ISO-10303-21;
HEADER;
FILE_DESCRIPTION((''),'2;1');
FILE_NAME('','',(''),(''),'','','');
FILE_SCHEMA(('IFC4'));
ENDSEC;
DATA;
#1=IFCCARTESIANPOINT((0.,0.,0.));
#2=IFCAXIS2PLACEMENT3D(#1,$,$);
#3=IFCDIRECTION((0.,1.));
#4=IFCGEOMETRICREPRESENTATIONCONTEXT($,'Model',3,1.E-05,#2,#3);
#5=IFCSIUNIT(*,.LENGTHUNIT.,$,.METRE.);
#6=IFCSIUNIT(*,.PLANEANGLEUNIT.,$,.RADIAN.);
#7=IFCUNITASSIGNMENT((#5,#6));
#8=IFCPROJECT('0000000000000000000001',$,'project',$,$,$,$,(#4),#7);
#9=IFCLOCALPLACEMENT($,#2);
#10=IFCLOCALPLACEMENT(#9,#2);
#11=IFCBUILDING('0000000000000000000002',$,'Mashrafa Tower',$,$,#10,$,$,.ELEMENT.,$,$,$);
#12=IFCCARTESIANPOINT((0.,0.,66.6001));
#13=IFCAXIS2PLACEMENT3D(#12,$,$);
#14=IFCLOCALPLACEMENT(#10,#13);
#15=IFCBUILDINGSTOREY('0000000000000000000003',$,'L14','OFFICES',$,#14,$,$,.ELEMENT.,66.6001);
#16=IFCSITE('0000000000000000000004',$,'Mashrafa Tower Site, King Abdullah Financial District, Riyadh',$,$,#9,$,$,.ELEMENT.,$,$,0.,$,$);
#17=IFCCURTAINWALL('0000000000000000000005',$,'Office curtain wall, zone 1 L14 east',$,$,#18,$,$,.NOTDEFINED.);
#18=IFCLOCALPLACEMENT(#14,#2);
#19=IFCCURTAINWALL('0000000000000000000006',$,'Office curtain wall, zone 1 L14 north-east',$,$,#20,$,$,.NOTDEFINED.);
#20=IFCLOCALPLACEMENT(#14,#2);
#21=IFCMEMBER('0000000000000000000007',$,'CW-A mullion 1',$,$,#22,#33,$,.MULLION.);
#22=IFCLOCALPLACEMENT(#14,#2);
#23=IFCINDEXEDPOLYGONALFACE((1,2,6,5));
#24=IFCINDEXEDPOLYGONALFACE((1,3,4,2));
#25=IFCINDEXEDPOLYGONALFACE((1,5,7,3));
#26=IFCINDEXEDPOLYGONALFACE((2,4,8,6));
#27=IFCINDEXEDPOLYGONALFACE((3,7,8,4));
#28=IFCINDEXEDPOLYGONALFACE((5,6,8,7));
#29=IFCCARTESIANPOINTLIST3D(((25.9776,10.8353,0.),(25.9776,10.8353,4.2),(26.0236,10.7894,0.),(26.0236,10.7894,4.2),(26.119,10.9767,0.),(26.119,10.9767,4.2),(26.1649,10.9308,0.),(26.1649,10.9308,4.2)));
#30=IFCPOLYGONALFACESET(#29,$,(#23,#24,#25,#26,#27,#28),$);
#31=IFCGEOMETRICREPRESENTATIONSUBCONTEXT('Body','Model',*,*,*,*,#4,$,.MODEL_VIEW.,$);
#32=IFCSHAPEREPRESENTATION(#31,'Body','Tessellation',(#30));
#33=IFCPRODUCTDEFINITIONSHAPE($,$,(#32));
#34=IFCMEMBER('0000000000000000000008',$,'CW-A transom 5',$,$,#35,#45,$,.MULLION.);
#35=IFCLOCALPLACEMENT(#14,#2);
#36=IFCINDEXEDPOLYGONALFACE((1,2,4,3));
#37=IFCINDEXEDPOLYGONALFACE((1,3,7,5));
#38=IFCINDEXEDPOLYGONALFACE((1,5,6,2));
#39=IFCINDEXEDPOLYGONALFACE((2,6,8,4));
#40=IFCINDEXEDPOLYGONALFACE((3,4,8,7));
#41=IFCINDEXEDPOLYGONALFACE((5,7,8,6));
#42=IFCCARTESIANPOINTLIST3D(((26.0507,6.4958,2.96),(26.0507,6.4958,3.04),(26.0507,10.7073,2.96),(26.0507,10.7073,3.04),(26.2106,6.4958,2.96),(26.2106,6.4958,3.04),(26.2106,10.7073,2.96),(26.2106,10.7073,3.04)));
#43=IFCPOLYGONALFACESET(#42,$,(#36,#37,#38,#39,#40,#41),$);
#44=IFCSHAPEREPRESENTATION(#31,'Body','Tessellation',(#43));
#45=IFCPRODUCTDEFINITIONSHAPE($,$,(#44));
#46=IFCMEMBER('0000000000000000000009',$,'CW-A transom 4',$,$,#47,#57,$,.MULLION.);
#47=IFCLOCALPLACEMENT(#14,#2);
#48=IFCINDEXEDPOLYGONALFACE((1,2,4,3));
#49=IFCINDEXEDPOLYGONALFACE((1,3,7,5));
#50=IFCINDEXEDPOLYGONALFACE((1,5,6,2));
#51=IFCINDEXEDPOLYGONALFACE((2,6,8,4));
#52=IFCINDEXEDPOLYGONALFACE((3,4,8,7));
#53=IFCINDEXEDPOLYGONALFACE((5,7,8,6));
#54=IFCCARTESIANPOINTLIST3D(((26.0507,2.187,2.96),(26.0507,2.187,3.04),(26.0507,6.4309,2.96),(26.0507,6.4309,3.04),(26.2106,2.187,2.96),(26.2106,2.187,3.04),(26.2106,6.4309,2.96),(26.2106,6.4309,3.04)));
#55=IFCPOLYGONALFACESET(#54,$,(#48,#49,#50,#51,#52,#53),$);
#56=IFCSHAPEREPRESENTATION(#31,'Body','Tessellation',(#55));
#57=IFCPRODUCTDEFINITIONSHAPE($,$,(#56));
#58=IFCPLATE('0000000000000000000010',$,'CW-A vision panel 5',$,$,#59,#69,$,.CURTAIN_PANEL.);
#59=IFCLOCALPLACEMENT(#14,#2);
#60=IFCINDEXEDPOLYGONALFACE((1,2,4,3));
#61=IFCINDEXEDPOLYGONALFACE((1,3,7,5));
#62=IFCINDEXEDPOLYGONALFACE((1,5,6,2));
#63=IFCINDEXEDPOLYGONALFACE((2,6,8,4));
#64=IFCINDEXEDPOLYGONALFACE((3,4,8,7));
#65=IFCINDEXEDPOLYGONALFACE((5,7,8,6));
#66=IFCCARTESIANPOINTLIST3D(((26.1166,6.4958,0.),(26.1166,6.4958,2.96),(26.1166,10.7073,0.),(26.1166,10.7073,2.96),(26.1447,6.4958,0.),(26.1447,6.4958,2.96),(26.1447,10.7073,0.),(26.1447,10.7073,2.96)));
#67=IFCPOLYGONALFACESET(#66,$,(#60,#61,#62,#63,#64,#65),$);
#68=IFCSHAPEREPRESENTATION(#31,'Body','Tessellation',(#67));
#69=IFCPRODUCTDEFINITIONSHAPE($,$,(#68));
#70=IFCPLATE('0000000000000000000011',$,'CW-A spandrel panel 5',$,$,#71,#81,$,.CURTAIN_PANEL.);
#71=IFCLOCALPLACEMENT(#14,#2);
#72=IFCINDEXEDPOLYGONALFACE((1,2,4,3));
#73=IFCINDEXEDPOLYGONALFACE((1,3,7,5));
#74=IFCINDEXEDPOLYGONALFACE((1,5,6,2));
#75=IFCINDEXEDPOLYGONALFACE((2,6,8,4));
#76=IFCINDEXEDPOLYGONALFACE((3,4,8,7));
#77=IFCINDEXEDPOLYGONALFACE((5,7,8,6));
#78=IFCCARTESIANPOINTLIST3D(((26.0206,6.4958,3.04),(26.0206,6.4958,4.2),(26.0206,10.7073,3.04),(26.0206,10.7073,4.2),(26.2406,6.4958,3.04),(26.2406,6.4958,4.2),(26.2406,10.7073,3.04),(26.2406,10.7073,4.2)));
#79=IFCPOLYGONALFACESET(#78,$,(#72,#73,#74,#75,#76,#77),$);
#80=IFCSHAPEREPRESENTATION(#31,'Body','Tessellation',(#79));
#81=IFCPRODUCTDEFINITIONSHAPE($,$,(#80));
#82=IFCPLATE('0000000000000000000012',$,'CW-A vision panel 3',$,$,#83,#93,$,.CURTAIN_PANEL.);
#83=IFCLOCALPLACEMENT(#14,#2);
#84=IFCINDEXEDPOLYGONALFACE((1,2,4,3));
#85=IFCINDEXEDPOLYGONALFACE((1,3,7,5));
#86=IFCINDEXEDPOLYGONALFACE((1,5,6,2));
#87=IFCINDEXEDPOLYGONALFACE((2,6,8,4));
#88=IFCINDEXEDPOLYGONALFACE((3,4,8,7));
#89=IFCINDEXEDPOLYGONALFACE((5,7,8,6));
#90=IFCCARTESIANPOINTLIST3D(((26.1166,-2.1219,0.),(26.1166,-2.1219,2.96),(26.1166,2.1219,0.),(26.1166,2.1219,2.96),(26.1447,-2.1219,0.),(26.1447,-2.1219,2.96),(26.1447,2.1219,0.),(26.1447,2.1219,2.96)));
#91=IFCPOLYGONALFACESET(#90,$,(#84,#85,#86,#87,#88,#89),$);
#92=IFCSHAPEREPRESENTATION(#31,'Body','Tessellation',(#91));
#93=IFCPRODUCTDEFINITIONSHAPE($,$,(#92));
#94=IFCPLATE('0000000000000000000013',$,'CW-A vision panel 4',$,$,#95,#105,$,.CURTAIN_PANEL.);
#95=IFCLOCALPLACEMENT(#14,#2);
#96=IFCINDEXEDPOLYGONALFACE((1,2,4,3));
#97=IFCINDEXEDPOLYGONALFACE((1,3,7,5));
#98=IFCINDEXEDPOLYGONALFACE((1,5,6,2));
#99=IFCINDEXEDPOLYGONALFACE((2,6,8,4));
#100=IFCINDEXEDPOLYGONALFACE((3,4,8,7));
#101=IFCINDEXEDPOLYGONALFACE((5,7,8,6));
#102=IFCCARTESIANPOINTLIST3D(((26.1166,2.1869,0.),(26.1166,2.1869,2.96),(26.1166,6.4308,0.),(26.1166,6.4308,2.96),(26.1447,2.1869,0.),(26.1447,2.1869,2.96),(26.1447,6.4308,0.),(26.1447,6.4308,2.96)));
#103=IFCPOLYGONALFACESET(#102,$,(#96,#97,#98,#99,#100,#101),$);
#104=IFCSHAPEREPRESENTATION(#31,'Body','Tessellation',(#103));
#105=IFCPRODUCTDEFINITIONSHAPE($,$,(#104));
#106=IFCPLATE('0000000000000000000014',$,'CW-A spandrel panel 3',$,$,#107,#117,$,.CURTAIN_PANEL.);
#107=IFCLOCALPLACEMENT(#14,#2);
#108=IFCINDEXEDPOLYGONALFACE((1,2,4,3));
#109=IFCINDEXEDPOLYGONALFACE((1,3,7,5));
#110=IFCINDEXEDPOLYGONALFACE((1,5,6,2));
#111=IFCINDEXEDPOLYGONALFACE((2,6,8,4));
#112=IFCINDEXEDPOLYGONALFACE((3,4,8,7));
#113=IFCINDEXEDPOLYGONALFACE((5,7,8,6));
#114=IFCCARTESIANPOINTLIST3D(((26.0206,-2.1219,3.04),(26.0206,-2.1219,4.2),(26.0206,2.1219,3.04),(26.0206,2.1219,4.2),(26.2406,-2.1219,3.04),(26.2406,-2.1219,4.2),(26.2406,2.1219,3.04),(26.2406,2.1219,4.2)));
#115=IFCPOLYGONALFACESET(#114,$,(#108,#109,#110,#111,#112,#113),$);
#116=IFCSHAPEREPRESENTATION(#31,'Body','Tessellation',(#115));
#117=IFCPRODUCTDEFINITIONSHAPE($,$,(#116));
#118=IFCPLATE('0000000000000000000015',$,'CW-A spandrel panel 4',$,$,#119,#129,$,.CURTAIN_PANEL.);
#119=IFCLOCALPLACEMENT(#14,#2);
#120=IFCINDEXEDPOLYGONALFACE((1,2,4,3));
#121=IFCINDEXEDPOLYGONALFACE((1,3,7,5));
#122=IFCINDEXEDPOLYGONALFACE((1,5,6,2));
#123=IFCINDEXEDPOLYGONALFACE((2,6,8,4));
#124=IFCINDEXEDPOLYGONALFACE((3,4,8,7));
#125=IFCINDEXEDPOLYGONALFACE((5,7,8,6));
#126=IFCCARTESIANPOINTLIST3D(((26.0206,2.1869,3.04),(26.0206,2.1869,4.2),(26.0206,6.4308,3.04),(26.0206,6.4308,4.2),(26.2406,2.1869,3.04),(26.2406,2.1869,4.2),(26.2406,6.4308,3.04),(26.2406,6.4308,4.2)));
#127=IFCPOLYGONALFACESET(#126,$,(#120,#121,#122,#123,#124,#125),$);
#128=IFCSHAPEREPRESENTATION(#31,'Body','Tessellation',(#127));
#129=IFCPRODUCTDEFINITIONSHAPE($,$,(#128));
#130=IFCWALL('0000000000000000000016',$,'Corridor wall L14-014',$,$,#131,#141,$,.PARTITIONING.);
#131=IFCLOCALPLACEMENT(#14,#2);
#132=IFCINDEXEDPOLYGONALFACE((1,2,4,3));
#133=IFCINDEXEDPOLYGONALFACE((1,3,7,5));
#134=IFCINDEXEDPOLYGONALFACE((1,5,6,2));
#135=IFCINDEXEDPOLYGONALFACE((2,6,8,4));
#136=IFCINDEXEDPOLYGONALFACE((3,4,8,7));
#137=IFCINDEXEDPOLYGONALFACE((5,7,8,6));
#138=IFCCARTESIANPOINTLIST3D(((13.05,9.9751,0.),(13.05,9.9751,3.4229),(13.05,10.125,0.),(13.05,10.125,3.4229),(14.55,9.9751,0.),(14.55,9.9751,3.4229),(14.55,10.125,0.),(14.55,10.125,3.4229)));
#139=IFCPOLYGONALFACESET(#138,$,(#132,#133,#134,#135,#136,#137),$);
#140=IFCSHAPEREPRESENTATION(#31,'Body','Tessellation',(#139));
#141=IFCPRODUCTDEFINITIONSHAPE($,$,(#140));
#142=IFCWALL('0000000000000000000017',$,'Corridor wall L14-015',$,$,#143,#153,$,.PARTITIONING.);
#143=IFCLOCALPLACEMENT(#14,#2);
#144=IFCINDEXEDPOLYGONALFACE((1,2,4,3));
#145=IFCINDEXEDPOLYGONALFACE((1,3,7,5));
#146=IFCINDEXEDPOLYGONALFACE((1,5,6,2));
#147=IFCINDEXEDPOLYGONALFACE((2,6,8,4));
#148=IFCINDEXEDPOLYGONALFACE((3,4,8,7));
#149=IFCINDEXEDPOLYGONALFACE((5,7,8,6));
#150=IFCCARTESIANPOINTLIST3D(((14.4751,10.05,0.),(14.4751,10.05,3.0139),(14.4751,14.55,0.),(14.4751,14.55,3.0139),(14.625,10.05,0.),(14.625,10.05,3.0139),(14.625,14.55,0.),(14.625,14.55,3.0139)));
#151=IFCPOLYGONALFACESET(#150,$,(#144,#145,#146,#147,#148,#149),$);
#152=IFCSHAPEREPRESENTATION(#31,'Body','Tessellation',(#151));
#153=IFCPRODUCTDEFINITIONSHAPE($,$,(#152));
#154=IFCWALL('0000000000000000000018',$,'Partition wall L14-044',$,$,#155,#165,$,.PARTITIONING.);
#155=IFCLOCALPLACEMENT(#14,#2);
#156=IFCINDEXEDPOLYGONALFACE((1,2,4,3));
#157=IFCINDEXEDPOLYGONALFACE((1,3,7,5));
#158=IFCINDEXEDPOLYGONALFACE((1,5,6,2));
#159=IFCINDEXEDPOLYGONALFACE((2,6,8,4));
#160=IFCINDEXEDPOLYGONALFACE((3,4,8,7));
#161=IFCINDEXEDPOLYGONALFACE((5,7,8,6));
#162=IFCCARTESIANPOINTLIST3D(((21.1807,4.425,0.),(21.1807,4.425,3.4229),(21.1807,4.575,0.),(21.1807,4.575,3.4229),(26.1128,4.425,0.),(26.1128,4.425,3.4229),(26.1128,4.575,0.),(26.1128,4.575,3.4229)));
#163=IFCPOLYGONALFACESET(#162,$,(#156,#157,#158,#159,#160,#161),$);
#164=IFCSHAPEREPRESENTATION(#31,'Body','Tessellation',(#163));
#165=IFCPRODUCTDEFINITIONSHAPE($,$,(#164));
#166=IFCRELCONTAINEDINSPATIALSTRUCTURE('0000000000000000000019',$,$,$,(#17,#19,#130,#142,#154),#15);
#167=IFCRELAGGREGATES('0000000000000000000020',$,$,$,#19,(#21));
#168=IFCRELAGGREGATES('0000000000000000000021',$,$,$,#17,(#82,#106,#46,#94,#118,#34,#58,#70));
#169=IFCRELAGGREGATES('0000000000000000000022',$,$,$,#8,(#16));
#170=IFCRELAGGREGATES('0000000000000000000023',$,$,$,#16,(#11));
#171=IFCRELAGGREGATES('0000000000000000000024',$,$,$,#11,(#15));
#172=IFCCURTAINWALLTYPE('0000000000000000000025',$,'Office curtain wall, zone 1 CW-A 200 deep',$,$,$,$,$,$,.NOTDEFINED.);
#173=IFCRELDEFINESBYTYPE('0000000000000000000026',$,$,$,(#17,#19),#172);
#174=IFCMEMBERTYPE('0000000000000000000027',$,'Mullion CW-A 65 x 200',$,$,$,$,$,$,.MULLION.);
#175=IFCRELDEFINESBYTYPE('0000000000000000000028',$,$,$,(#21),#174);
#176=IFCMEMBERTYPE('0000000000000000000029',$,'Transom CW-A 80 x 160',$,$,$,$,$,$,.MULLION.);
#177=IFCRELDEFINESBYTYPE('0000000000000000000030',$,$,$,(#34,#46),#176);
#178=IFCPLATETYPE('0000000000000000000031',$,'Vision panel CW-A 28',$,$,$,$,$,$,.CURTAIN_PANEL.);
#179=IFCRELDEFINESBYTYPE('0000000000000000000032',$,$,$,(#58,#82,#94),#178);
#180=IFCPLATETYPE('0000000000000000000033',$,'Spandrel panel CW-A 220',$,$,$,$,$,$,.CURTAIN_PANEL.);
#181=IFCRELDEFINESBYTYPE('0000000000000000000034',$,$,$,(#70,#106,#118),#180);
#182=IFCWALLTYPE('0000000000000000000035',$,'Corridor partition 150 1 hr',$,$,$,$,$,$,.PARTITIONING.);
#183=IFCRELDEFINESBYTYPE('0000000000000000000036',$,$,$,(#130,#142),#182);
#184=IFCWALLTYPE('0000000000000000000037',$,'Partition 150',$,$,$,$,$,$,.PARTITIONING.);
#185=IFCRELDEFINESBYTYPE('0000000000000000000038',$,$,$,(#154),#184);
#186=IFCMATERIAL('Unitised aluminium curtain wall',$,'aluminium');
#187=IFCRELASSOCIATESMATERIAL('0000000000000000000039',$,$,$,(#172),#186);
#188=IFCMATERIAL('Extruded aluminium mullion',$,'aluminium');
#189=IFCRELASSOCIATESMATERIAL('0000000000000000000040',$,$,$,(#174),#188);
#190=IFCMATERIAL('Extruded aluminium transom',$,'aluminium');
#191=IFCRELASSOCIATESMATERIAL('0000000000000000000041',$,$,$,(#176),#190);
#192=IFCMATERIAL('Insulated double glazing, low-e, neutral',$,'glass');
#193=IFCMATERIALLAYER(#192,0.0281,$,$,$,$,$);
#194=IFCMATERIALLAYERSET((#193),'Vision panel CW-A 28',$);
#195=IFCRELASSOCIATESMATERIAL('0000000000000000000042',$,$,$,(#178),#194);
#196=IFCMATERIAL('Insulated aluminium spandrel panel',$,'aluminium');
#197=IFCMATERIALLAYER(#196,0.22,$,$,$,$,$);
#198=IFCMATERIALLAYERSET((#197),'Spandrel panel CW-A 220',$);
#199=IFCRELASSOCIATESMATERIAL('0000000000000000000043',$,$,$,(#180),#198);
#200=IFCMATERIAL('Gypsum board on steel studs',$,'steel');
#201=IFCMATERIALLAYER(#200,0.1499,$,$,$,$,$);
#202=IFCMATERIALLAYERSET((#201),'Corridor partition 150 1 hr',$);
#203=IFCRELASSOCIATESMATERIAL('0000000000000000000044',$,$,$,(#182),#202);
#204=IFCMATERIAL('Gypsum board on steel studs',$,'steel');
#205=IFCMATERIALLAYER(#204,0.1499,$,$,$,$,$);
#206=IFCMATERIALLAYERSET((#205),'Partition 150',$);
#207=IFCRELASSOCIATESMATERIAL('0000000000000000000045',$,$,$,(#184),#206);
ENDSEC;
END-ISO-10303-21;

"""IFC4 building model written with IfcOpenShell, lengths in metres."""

from ifc_helpers import new_model, si_unit, direction, frame, frame_2d, origin, origin_2d, place, context, subcontext, project, spatial, rectangle, extrude, source, transform, mapped, material, layer, layer_set, material_profile, profile_set, type_object, type_shapes, element, aggregate, save


model = new_model("IFC4")

# Units and contexts
model_context = context("Model", 3, precision=1e-05, world=origin(), true_north=direction((0.0, 1.0)))
body_context = subcontext(model_context, "Body", "Model", "MODEL_VIEW")
ifc_project = project(units=[si_unit("LENGTHUNIT", "METRE"), si_unit("PLANEANGLEUNIT", "RADIAN")], contexts=[model_context])

# Site, building, storey
site_placement = place(None, origin())
site = spatial("IfcSite", under=ifc_project, at=site_placement, Name="Mashrafa Tower Site, King Abdullah Financial District, Riyadh", CompositionType="ELEMENT", RefElevation=0.0)
building_placement = place(site_placement, origin())
building = spatial("IfcBuilding", under=site, at=building_placement, Name="Mashrafa Tower", CompositionType="ELEMENT")
storey_placement = place(building_placement, frame((0.0, 0.0, 66.6001)))
storey = spatial("IfcBuildingStorey", under=building, at=storey_placement, Name="L14", Description="OFFICES", CompositionType="ELEMENT", Elevation=66.6001)

# Curtain wall
ifc_material_1 = material(Name="Unitised aluminium curtain wall", Category="aluminium")
curtain_wall_type = type_object("IfcCurtainWallType", Name="Office curtain wall, zone 1 CW-A 200 deep", PredefinedType="NOTDEFINED", material=ifc_material_1)
curtain_wall_1_placement = place(storey_placement, origin())
curtain_wall_1 = element("IfcCurtainWall", 1, at=curtain_wall_1_placement, inside=storey, type_object=curtain_wall_type, Name="Office curtain wall, zone 1 L14 east", PredefinedType="NOTDEFINED")
ifc_material_2 = material(Name="Extruded aluminium mullion", Category="aluminium")
ifc_material_profile_1 = material_profile(ifc_material_2, rectangle(XDim=0.2, YDim=0.0649, at=origin_2d()), Name="Mullion 65x200")
ifc_profile_set_1 = profile_set([ifc_material_profile_1], Name="Extruded aluminium mullion")
member_type_1 = type_object("IfcMemberType", Name="Mullion CW-A 65 x 200", PredefinedType="MULLION", material=ifc_profile_set_1)
shared_shape_1 = source(origin(), body_context, "Body", "SweptSolid", [
    extrude(rectangle(XDim=0.2, YDim=0.0649, at=origin_2d()), origin(), (0.0, 0.0, 1.0), 4.2),
])
type_shapes(member_type_1, [shared_shape_1])

# Curtain wall, member
curtain_wall_2_placement = place(storey_placement, origin())
curtain_wall_2 = element("IfcCurtainWall", 2, at=curtain_wall_2_placement, inside=storey, type_object=curtain_wall_type, Name="Office curtain wall, zone 1 L14 north-east", PredefinedType="NOTDEFINED")
member_1_placement = place(storey_placement, frame((26.0713, 10.8831, 0.0), z_axis=(0.0, 0.0, 1.0), x_axis=(-0.707107, -0.707107, 0.0)))
member_1 = element("IfcMember", 3, at=member_1_placement, type_object=member_type_1, Name="CW-A mullion 1", PredefinedType="MULLION", context=body_context, shape_type="MappedRepresentation", body=[
    mapped(shared_shape_1, transform((0.0, 0.0, 0.0))),
])
aggregate(curtain_wall_2, [member_1])

# Members
ifc_material_3 = material(Name="Extruded aluminium transom", Category="aluminium")
ifc_material_profile_2 = material_profile(ifc_material_3, rectangle(XDim=0.1599, YDim=0.0801, at=origin_2d()), Name="Transom 80x160")
ifc_profile_set_2 = profile_set([ifc_material_profile_2], Name="Extruded aluminium transom")
member_type_2 = type_object("IfcMemberType", Name="Transom CW-A 80 x 160", PredefinedType="MULLION", material=ifc_profile_set_2)
shared_shape_2 = source(origin(), body_context, "Body", "SweptSolid", [
    extrude(rectangle(XDim=0.1599, YDim=0.0801, at=origin_2d()), origin(), (0.0, 0.0, 1.0), 4.2114),
])
member_2_placement = place(storey_placement, frame((26.1306, 6.4958, 3.0), z_axis=(0.0, 1.0, 0.0), x_axis=(-1.0, 0.0, 0.0)))
member_2 = element("IfcMember", 4, at=member_2_placement, type_object=member_type_2, Name="CW-A transom 5", PredefinedType="MULLION", context=body_context, shape_type="MappedRepresentation", body=[
    mapped(shared_shape_2, transform((0.0, 0.0, 0.0))),
])
shared_shape_3 = source(origin(), body_context, "Body", "SweptSolid", [
    extrude(rectangle(XDim=0.1599, YDim=0.0801, at=origin_2d()), origin(), (0.0, 0.0, 1.0), 4.2439),
])
type_shapes(member_type_2, [shared_shape_2, shared_shape_3])
member_3_placement = place(storey_placement, frame((26.1306, 2.187, 3.0), z_axis=(0.0, 1.0, 0.0), x_axis=(-1.0, 0.0, 0.0)))
member_3 = element("IfcMember", 5, at=member_3_placement, type_object=member_type_2, Name="CW-A transom 4", PredefinedType="MULLION", context=body_context, shape_type="MappedRepresentation", body=[
    mapped(shared_shape_3, transform((0.0, 0.0, 0.0))),
])

# Plates
ifc_material_4 = material(Name="Insulated double glazing, low-e, neutral", Category="glass")
ifc_layer_1 = layer(ifc_material_4, 0.0281)
ifc_layer_set_1 = layer_set([ifc_layer_1], Name="Vision panel CW-A 28")
plate_type_1 = type_object("IfcPlateType", Name="Vision panel CW-A 28", PredefinedType="CURTAIN_PANEL", material=ifc_layer_set_1)
shared_shape_4 = source(origin(), body_context, "Body", "SweptSolid", [
    extrude(rectangle(XDim=4.2114, YDim=0.0281, at=origin_2d()), origin(), (0.0, 0.0, 1.0), 2.96),
])
plate_1_placement = place(storey_placement, frame((26.1306, 8.6016, 0.0), z_axis=(0.0, 0.0, 1.0), x_axis=(0.0, 1.0, 0.0)))
plate_1 = element("IfcPlate", 6, at=plate_1_placement, type_object=plate_type_1, Name="CW-A vision panel 5", PredefinedType="CURTAIN_PANEL", context=body_context, shape_type="MappedRepresentation", body=[
    mapped(shared_shape_4, transform((0.0, 0.0, 0.0))),
])
ifc_material_5 = material(Name="Insulated aluminium spandrel panel", Category="aluminium")
ifc_layer_2 = layer(ifc_material_5, 0.22)
ifc_layer_set_2 = layer_set([ifc_layer_2], Name="Spandrel panel CW-A 220")
plate_type_2 = type_object("IfcPlateType", Name="Spandrel panel CW-A 220", PredefinedType="CURTAIN_PANEL", material=ifc_layer_set_2)
shared_shape_5 = source(origin(), body_context, "Body", "SweptSolid", [
    extrude(rectangle(XDim=4.2114, YDim=0.22, at=origin_2d()), origin(), (0.0, 0.0, 1.0), 1.1599),
])
plate_2_placement = place(storey_placement, frame((26.1306, 8.6016, 3.04), z_axis=(0.0, 0.0, 1.0), x_axis=(0.0, 1.0, 0.0)))
plate_2 = element("IfcPlate", 7, at=plate_2_placement, type_object=plate_type_2, Name="CW-A spandrel panel 5", PredefinedType="CURTAIN_PANEL", context=body_context, shape_type="MappedRepresentation", body=[
    mapped(shared_shape_5, transform((0.0, 0.0, 0.0))),
])
shared_shape_6 = source(origin(), body_context, "Body", "SweptSolid", [
    extrude(rectangle(XDim=4.2439, YDim=0.0281, at=origin_2d()), origin(), (0.0, 0.0, 1.0), 2.96),
])
type_shapes(plate_type_1, [shared_shape_4, shared_shape_6])
plate_3_placement = place(storey_placement, frame((26.1306, 0.0, 0.0), z_axis=(0.0, 0.0, 1.0), x_axis=(0.0, 1.0, 0.0)))
plate_3 = element("IfcPlate", 8, at=plate_3_placement, type_object=plate_type_1, Name="CW-A vision panel 3", PredefinedType="CURTAIN_PANEL", context=body_context, shape_type="MappedRepresentation", body=[
    mapped(shared_shape_6, transform((0.0, 0.0, 0.0))),
])
plate_4_placement = place(storey_placement, frame((26.1306, 4.3088, 0.0), z_axis=(0.0, 0.0, 1.0), x_axis=(0.0, 1.0, 0.0)))
plate_4 = element("IfcPlate", 9, at=plate_4_placement, type_object=plate_type_1, Name="CW-A vision panel 4", PredefinedType="CURTAIN_PANEL", context=body_context, shape_type="MappedRepresentation", body=[
    mapped(shared_shape_6, transform((0.0, 0.0, 0.0))),
])
shared_shape_7 = source(origin(), body_context, "Body", "SweptSolid", [
    extrude(rectangle(XDim=4.2439, YDim=0.22, at=origin_2d()), origin(), (0.0, 0.0, 1.0), 1.1599),
])
type_shapes(plate_type_2, [shared_shape_5, shared_shape_7])
plate_5_placement = place(storey_placement, frame((26.1306, 0.0, 3.04), z_axis=(0.0, 0.0, 1.0), x_axis=(0.0, 1.0, 0.0)))
plate_5 = element("IfcPlate", 10, at=plate_5_placement, type_object=plate_type_2, Name="CW-A spandrel panel 3", PredefinedType="CURTAIN_PANEL", context=body_context, shape_type="MappedRepresentation", body=[
    mapped(shared_shape_7, transform((0.0, 0.0, 0.0))),
])
plate_6_placement = place(storey_placement, frame((26.1306, 4.3088, 3.04), z_axis=(0.0, 0.0, 1.0), x_axis=(0.0, 1.0, 0.0)))
plate_6 = element("IfcPlate", 11, at=plate_6_placement, type_object=plate_type_2, Name="CW-A spandrel panel 4", PredefinedType="CURTAIN_PANEL", context=body_context, shape_type="MappedRepresentation", body=[
    mapped(shared_shape_7, transform((0.0, 0.0, 0.0))),
])
aggregate(curtain_wall_1, [plate_3, plate_5, member_3, plate_4, plate_6, member_2, plate_1, plate_2])

# Walls
ifc_material_6 = material(Name="Gypsum board on steel studs", Category="steel")
ifc_layer_3 = layer(ifc_material_6, 0.1499)
ifc_layer_set_3 = layer_set([ifc_layer_3], Name="Corridor partition 150 1 hr")
wall_type_1 = type_object("IfcWallType", Name="Corridor partition 150 1 hr", PredefinedType="PARTITIONING", material=ifc_layer_set_3)
wall_1_placement = place(storey_placement, frame((13.05, 10.05, 0.0), z_axis=(0.0, 0.0, 1.0), x_axis=(1.0, 0.0, 0.0)))
element("IfcWall", 12, at=wall_1_placement, inside=storey, type_object=wall_type_1, Name="Corridor wall L14-014", PredefinedType="PARTITIONING", context=body_context, shape_type="SweptSolid", body=[
    extrude(rectangle(XDim=1.5, YDim=0.1499, at=frame_2d((0.75, 0.0))), origin(), (0.0, 0.0, 1.0), 3.4229),
])
wall_2_placement = place(storey_placement, frame((14.55, 10.05, 0.0), z_axis=(0.0, 0.0, 1.0), x_axis=(0.0, 1.0, 0.0)))
element("IfcWall", 13, at=wall_2_placement, inside=storey, type_object=wall_type_1, Name="Corridor wall L14-015", PredefinedType="PARTITIONING", context=body_context, shape_type="SweptSolid", body=[
    extrude(rectangle(XDim=4.5, YDim=0.1499, at=frame_2d((2.25, 0.0))), origin(), (0.0, 0.0, 1.0), 3.0139),
])
ifc_material_7 = material(Name="Gypsum board on steel studs", Category="steel")
ifc_layer_4 = layer(ifc_material_7, 0.1499)
ifc_layer_set_4 = layer_set([ifc_layer_4], Name="Partition 150")
wall_type_2 = type_object("IfcWallType", Name="Partition 150", PredefinedType="PARTITIONING", material=ifc_layer_set_4)
wall_3_placement = place(storey_placement, frame((26.1128, 4.5, 0.0), z_axis=(0.0, 0.0, 1.0), x_axis=(-1.0, 0.0, 0.0)))
element("IfcWall", 14, at=wall_3_placement, inside=storey, type_object=wall_type_2, Name="Partition wall L14-044", PredefinedType="PARTITIONING", context=body_context, shape_type="SweptSolid", body=[
    extrude(rectangle(XDim=4.9321, YDim=0.1499, at=frame_2d((2.4661, 0.0))), origin(), (0.0, 0.0, 1.0), 3.4229),
])

save(model, "model.ifc")
